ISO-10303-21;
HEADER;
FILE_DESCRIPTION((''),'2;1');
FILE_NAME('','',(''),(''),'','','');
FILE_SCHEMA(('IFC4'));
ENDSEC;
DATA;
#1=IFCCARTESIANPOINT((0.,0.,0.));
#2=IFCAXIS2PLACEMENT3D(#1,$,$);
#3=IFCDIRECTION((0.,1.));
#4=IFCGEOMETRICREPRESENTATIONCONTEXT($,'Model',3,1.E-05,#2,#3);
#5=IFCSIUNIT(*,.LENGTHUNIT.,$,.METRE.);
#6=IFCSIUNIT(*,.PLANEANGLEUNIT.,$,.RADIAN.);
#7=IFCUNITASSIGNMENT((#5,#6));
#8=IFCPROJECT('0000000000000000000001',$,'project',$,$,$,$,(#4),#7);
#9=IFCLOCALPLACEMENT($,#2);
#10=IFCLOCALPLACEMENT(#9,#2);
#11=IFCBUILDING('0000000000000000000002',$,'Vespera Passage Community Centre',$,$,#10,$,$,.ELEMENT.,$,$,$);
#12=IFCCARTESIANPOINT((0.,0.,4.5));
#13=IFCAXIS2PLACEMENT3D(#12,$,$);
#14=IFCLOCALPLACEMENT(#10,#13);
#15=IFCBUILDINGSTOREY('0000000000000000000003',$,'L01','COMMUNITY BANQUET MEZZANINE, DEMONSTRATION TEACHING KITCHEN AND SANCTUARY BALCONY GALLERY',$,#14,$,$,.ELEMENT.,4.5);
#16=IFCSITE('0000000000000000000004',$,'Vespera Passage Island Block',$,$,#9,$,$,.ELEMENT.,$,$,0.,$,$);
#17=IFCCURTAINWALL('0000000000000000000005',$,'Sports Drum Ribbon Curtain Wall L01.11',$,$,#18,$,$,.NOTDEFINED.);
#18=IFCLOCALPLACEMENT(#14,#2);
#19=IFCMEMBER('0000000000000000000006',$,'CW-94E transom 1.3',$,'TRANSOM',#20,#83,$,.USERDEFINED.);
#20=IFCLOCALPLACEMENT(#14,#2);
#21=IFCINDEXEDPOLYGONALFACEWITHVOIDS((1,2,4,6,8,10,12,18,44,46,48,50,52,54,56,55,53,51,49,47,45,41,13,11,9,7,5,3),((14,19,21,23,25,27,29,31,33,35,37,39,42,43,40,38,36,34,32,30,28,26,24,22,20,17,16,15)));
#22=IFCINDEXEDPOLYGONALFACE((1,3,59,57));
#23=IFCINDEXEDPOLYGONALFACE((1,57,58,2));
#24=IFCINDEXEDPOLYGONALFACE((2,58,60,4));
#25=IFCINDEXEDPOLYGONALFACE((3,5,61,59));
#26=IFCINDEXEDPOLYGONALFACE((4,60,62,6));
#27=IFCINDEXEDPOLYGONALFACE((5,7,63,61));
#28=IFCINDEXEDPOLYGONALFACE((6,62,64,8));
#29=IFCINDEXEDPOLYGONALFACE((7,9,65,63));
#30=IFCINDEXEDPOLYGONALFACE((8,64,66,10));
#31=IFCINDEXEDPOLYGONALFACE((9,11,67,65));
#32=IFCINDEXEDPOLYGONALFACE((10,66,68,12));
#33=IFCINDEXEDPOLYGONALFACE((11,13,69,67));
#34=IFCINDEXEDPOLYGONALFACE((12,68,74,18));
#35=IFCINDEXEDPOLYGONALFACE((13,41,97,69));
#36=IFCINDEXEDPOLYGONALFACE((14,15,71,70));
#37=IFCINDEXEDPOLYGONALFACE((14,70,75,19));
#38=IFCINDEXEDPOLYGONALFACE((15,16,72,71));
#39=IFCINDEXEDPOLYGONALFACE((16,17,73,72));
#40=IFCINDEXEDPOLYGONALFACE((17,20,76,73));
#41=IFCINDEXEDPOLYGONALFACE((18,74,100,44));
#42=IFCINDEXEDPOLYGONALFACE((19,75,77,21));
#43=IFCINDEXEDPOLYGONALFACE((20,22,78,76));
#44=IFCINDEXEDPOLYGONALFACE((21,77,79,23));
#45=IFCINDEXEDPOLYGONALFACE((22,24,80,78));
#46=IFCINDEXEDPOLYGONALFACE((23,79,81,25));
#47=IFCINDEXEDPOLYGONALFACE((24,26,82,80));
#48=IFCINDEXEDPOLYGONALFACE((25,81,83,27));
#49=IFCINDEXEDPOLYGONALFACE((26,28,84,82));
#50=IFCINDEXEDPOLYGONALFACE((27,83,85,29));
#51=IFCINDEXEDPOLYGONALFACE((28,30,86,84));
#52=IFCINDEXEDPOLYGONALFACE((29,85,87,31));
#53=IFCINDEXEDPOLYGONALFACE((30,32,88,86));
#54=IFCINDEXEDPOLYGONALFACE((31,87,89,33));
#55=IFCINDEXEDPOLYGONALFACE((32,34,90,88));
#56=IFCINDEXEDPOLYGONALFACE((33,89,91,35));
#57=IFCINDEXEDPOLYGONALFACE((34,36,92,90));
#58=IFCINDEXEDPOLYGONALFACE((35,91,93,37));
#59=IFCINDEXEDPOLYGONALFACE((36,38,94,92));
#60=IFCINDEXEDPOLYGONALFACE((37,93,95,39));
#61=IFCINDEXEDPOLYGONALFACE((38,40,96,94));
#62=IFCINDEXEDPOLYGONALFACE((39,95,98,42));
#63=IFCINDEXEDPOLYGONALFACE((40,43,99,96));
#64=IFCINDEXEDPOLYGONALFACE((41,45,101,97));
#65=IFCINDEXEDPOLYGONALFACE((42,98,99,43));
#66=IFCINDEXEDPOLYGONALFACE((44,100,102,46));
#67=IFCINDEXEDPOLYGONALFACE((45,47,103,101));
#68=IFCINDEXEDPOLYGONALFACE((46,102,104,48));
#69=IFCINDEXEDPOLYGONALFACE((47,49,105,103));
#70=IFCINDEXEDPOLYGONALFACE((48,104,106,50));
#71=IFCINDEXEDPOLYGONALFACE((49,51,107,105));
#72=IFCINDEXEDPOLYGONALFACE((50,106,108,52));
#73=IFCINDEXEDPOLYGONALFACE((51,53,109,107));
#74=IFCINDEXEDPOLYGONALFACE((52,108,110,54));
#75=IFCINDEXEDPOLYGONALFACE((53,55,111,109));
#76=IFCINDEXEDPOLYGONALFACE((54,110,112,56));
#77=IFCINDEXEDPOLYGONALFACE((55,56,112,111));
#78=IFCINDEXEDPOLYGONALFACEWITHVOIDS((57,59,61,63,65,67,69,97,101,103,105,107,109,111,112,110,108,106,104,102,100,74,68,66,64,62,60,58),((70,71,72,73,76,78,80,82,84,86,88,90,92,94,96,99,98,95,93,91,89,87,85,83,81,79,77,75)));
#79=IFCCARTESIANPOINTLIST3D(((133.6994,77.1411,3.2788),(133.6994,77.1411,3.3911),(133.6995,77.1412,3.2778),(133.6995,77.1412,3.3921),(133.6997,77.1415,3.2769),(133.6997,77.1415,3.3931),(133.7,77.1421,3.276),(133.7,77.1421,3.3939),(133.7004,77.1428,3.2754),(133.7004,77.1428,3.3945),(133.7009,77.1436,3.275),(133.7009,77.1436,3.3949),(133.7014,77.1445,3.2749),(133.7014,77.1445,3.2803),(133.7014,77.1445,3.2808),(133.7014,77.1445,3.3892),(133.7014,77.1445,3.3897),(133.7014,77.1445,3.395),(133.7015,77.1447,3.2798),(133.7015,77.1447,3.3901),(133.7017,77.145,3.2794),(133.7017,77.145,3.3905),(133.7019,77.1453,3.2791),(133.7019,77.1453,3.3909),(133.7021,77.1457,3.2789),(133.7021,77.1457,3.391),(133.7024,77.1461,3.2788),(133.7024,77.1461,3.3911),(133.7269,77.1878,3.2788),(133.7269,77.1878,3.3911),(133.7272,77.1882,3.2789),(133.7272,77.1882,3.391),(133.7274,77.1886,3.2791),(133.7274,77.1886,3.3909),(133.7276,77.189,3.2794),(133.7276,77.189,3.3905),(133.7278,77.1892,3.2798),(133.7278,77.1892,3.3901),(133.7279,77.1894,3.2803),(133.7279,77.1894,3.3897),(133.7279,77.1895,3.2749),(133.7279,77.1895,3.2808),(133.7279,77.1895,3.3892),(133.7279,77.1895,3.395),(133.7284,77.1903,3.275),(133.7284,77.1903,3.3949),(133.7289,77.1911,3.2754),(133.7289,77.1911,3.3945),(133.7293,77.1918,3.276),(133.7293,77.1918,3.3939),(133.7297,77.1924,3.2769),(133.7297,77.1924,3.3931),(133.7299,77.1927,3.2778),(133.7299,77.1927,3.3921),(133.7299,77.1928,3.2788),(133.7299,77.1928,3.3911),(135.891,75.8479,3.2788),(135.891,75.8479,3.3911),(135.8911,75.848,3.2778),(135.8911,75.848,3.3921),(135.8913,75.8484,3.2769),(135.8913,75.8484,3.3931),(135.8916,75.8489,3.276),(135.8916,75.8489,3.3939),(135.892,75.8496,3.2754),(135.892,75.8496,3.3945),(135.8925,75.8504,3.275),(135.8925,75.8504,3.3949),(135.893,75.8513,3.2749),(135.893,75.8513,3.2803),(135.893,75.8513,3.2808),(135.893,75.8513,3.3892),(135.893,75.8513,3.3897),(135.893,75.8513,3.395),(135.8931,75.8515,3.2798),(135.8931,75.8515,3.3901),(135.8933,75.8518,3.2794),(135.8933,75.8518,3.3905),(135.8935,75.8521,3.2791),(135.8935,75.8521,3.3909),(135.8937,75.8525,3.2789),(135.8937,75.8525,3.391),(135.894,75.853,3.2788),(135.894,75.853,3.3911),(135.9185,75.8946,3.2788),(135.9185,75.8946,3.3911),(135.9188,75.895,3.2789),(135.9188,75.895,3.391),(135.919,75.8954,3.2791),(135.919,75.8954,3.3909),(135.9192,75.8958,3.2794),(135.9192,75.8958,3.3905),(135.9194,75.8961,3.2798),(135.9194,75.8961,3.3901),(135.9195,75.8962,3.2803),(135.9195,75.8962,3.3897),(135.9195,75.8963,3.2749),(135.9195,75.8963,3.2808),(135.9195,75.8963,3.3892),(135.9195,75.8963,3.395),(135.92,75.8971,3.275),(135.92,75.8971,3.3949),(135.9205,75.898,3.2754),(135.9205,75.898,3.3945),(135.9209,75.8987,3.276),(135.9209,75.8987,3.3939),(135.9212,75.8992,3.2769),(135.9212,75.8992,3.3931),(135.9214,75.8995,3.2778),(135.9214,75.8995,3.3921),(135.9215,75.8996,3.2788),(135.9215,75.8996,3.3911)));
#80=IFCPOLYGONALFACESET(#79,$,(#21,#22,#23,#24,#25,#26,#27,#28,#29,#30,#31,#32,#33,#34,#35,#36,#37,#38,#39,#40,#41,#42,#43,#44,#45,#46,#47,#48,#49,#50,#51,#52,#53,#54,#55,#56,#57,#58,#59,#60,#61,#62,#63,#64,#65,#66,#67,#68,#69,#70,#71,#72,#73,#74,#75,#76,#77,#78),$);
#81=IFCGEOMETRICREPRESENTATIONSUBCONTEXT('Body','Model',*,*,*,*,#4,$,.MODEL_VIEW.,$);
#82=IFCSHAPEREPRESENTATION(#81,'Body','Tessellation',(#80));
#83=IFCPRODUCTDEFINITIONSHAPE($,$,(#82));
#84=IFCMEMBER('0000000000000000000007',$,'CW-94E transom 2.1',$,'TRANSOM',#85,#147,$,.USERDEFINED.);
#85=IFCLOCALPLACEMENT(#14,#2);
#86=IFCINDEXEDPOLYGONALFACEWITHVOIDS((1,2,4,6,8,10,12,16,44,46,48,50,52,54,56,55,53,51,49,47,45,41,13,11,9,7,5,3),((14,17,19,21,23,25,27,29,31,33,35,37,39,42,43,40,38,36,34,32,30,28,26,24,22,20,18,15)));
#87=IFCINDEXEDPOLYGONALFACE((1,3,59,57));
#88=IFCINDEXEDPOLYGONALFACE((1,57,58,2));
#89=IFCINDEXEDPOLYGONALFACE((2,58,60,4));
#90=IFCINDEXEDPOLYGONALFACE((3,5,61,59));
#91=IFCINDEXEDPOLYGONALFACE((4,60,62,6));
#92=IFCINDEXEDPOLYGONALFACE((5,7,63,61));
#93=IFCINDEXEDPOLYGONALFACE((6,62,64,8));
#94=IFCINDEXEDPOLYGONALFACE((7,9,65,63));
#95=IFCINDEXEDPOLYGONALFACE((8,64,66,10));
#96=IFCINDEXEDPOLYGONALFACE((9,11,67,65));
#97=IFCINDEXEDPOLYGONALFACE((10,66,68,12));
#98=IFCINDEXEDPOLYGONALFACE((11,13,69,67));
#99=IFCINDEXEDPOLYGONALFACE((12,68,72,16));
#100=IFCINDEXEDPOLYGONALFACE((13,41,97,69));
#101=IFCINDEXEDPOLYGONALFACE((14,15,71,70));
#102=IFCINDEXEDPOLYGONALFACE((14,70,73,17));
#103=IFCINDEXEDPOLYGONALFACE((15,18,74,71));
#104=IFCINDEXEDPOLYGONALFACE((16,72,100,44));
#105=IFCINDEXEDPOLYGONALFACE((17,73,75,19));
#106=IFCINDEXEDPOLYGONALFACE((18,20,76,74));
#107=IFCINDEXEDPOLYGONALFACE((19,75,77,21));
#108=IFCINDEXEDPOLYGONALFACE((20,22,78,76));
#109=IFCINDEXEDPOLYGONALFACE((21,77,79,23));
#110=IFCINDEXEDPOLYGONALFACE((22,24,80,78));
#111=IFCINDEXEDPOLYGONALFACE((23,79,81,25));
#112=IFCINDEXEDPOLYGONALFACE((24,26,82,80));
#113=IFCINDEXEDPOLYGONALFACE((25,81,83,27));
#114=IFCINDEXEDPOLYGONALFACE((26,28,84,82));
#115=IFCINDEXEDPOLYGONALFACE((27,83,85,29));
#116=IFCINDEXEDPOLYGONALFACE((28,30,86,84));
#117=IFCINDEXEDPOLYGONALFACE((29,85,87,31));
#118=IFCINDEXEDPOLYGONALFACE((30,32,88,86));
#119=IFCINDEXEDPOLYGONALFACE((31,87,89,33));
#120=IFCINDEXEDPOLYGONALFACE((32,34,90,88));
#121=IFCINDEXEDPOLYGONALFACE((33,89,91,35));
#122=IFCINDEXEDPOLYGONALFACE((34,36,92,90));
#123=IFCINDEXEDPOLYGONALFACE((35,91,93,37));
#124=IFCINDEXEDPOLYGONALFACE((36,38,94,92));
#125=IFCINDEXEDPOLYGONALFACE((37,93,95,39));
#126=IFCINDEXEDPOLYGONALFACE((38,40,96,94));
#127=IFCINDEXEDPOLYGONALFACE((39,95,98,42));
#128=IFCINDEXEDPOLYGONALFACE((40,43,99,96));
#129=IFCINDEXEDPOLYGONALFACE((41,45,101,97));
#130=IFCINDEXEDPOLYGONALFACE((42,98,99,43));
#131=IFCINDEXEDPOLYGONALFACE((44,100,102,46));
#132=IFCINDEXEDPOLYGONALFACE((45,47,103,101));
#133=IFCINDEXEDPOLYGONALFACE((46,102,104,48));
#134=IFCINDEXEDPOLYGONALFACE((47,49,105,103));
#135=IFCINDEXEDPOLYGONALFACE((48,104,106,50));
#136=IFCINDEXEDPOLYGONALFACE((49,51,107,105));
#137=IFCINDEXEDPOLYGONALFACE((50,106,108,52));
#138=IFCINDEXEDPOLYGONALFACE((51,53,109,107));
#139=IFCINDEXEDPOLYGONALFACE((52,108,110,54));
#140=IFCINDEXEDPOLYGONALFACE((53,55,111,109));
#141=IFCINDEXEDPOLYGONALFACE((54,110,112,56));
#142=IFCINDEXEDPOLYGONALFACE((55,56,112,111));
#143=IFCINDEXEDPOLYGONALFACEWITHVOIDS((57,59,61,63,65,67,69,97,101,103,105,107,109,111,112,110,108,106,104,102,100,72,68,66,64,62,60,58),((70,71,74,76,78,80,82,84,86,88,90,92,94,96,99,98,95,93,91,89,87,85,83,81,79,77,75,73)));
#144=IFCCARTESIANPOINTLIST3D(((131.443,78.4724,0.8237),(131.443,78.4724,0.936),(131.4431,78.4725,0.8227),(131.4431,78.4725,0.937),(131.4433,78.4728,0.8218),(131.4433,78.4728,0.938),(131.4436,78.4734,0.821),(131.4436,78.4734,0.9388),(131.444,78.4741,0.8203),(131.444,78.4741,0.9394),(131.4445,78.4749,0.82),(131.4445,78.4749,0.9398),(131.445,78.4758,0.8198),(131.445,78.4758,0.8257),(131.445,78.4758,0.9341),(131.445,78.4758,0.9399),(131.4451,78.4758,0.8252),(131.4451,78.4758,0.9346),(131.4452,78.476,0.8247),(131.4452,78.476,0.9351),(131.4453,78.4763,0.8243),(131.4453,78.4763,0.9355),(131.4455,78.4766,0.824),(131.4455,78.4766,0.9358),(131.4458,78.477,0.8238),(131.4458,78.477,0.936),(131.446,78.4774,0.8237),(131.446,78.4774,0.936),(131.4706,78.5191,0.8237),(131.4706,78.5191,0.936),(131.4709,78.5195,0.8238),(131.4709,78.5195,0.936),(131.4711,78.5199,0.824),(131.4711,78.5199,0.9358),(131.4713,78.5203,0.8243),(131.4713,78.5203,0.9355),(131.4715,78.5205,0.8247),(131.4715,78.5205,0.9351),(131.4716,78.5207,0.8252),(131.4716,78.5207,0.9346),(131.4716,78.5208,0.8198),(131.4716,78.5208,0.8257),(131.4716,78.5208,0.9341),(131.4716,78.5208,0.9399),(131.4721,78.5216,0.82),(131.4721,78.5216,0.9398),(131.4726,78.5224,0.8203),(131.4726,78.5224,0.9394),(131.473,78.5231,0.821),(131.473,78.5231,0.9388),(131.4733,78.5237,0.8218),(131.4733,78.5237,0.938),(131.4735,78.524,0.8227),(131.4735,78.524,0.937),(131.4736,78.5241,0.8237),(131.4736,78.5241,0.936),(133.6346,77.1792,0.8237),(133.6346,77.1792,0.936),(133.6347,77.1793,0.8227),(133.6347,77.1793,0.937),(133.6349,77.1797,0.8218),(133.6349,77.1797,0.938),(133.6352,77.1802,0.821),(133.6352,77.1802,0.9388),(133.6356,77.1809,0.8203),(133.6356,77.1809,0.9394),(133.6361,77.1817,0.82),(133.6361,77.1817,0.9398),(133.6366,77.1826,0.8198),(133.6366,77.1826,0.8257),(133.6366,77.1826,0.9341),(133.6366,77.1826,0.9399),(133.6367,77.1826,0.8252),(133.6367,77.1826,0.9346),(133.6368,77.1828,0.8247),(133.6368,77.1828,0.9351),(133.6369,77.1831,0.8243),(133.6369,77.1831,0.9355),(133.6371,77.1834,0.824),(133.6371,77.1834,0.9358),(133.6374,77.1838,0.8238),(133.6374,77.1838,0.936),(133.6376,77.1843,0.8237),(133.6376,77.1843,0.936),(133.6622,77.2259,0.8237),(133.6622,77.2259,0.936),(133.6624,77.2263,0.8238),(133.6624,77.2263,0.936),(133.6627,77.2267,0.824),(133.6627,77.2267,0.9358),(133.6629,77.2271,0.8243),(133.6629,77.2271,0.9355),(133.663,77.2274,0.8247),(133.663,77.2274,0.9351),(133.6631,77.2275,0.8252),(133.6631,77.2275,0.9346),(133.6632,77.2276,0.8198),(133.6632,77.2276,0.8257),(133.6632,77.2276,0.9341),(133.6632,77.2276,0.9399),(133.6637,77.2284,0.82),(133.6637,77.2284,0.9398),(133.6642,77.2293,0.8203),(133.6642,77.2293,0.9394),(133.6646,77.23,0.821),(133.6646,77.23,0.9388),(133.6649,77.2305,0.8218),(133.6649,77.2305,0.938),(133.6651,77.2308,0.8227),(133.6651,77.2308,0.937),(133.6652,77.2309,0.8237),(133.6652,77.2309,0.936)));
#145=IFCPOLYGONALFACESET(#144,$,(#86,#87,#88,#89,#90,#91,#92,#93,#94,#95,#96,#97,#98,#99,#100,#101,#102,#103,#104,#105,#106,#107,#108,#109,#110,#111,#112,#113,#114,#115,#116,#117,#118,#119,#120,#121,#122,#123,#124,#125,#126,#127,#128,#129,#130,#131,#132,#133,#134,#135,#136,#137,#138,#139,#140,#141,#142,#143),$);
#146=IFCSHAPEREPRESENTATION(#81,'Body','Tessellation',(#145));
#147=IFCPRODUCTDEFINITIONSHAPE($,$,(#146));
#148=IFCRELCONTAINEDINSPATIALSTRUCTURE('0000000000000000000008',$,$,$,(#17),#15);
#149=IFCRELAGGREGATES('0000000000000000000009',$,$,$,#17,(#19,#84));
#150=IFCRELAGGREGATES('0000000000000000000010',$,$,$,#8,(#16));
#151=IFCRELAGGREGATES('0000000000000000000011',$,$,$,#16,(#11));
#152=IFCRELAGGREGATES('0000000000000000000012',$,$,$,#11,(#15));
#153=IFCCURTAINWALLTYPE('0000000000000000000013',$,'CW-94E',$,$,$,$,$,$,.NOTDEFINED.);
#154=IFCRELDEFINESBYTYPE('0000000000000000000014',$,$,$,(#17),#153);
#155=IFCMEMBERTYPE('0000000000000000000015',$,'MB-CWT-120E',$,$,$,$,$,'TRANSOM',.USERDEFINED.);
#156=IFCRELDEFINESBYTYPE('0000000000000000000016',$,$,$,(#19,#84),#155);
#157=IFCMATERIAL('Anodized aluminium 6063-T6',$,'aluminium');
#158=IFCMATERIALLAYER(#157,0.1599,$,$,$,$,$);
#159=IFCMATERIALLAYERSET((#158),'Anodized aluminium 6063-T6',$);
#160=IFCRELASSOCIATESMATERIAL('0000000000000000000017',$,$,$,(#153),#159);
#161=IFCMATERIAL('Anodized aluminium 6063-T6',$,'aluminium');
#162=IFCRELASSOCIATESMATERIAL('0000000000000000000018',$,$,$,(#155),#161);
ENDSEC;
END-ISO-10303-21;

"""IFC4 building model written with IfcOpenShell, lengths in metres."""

from ifc_helpers import new_model, si_unit, direction, frame, origin, origin_2d, place, context, subcontext, project, spatial, hollow_rectangle, extrude, material, layer, layer_set, material_profile, profile_set, type_object, element, aggregate, save


model = new_model("IFC4")

# Units and contexts
model_context = context("Model", 3, precision=1e-05, world=origin(), true_north=direction((0.0, 1.0)))
body_context = subcontext(model_context, "Body", "Model", "MODEL_VIEW")
ifc_project = project(units=[si_unit("LENGTHUNIT", "METRE"), si_unit("PLANEANGLEUNIT", "RADIAN")], contexts=[model_context])

# Site, building, storey
site_placement = place(None, origin())
site = spatial("IfcSite", under=ifc_project, at=site_placement, Name="Vespera Passage Island Block", CompositionType="ELEMENT", RefElevation=0.0)
building_placement = place(site_placement, origin())
building = spatial("IfcBuilding", under=site, at=building_placement, Name="Vespera Passage Community Centre", CompositionType="ELEMENT")
storey_placement = place(building_placement, frame((0.0, 0.0, 4.5)))
storey = spatial("IfcBuildingStorey", under=building, at=storey_placement, Name="L01", Description="COMMUNITY BANQUET MEZZANINE, DEMONSTRATION TEACHING KITCHEN AND SANCTUARY BALCONY GALLERY", CompositionType="ELEMENT", Elevation=4.5)

# Curtain wall
ifc_material_1 = material(Name="Anodized aluminium 6063-T6", Category="aluminium")
ifc_layer_1 = layer(ifc_material_1, 0.1599)
ifc_layer_set_1 = layer_set([ifc_layer_1], Name="Anodized aluminium 6063-T6")
curtain_wall_type_1 = type_object("IfcCurtainWallType", Name="CW-94E", PredefinedType="NOTDEFINED", material=ifc_layer_set_1)
curtain_wall_1_placement = place(storey_placement, origin())
curtain_wall_1 = element("IfcCurtainWall", 1, at=curtain_wall_1_placement, inside=storey, type_object=curtain_wall_type_1, Name="Sports Drum Ribbon Curtain Wall L01.11", PredefinedType="NOTDEFINED")

# Members
ifc_material_2 = material(Name="Anodized aluminium 6063-T6", Category="aluminium")
ifc_material_profile_1 = material_profile(ifc_material_2, hollow_rectangle(XDim=0.0601, YDim=0.1201, WallThickness=0.0039, InnerFilletRadius=0.002, OuterFilletRadius=0.0039, at=origin_2d()), Name="ALU120X60X4")
ifc_profile_set_1 = profile_set([ifc_material_profile_1], Name="Anodized aluminium 6063-T6")
member_type_1 = type_object("IfcMemberType", Name="MB-CWT-120E", ElementType="TRANSOM", PredefinedType="USERDEFINED", material=ifc_profile_set_1)
member_1_placement = place(storey_placement, frame((135.9062, 75.8738, 3.335), z_axis=(-0.861245, 0.508189, 0.0), x_axis=(-0.508189, -0.861245, 0.0)))
member_1 = element("IfcMember", 2, at=member_1_placement, type_object=member_type_1, Name="CW-94E transom 1.3", ObjectType="TRANSOM", PredefinedType="USERDEFINED", context=body_context, shape_type="SweptSolid", body=[
    extrude(hollow_rectangle(XDim=0.0601, YDim=0.1201, WallThickness=0.0039, InnerFilletRadius=0.002, OuterFilletRadius=0.0039, at=origin_2d()), origin(), (0.0, 0.0, 1.0), 2.5447),
])
member_2_placement = place(storey_placement, frame((133.6499, 77.2051, 0.8799), z_axis=(-0.861245, 0.508189, 0.0), x_axis=(-0.508189, -0.861245, 0.0)))
member_2 = element("IfcMember", 3, at=member_2_placement, type_object=member_type_1, Name="CW-94E transom 2.1", ObjectType="TRANSOM", PredefinedType="USERDEFINED", context=body_context, shape_type="SweptSolid", body=[
    extrude(hollow_rectangle(XDim=0.0601, YDim=0.1201, WallThickness=0.0039, InnerFilletRadius=0.002, OuterFilletRadius=0.0039, at=origin_2d()), origin(), (0.0, 0.0, 1.0), 2.5447),
])

aggregate(curtain_wall_1, [member_1, member_2])

save(model, "model.ifc")
